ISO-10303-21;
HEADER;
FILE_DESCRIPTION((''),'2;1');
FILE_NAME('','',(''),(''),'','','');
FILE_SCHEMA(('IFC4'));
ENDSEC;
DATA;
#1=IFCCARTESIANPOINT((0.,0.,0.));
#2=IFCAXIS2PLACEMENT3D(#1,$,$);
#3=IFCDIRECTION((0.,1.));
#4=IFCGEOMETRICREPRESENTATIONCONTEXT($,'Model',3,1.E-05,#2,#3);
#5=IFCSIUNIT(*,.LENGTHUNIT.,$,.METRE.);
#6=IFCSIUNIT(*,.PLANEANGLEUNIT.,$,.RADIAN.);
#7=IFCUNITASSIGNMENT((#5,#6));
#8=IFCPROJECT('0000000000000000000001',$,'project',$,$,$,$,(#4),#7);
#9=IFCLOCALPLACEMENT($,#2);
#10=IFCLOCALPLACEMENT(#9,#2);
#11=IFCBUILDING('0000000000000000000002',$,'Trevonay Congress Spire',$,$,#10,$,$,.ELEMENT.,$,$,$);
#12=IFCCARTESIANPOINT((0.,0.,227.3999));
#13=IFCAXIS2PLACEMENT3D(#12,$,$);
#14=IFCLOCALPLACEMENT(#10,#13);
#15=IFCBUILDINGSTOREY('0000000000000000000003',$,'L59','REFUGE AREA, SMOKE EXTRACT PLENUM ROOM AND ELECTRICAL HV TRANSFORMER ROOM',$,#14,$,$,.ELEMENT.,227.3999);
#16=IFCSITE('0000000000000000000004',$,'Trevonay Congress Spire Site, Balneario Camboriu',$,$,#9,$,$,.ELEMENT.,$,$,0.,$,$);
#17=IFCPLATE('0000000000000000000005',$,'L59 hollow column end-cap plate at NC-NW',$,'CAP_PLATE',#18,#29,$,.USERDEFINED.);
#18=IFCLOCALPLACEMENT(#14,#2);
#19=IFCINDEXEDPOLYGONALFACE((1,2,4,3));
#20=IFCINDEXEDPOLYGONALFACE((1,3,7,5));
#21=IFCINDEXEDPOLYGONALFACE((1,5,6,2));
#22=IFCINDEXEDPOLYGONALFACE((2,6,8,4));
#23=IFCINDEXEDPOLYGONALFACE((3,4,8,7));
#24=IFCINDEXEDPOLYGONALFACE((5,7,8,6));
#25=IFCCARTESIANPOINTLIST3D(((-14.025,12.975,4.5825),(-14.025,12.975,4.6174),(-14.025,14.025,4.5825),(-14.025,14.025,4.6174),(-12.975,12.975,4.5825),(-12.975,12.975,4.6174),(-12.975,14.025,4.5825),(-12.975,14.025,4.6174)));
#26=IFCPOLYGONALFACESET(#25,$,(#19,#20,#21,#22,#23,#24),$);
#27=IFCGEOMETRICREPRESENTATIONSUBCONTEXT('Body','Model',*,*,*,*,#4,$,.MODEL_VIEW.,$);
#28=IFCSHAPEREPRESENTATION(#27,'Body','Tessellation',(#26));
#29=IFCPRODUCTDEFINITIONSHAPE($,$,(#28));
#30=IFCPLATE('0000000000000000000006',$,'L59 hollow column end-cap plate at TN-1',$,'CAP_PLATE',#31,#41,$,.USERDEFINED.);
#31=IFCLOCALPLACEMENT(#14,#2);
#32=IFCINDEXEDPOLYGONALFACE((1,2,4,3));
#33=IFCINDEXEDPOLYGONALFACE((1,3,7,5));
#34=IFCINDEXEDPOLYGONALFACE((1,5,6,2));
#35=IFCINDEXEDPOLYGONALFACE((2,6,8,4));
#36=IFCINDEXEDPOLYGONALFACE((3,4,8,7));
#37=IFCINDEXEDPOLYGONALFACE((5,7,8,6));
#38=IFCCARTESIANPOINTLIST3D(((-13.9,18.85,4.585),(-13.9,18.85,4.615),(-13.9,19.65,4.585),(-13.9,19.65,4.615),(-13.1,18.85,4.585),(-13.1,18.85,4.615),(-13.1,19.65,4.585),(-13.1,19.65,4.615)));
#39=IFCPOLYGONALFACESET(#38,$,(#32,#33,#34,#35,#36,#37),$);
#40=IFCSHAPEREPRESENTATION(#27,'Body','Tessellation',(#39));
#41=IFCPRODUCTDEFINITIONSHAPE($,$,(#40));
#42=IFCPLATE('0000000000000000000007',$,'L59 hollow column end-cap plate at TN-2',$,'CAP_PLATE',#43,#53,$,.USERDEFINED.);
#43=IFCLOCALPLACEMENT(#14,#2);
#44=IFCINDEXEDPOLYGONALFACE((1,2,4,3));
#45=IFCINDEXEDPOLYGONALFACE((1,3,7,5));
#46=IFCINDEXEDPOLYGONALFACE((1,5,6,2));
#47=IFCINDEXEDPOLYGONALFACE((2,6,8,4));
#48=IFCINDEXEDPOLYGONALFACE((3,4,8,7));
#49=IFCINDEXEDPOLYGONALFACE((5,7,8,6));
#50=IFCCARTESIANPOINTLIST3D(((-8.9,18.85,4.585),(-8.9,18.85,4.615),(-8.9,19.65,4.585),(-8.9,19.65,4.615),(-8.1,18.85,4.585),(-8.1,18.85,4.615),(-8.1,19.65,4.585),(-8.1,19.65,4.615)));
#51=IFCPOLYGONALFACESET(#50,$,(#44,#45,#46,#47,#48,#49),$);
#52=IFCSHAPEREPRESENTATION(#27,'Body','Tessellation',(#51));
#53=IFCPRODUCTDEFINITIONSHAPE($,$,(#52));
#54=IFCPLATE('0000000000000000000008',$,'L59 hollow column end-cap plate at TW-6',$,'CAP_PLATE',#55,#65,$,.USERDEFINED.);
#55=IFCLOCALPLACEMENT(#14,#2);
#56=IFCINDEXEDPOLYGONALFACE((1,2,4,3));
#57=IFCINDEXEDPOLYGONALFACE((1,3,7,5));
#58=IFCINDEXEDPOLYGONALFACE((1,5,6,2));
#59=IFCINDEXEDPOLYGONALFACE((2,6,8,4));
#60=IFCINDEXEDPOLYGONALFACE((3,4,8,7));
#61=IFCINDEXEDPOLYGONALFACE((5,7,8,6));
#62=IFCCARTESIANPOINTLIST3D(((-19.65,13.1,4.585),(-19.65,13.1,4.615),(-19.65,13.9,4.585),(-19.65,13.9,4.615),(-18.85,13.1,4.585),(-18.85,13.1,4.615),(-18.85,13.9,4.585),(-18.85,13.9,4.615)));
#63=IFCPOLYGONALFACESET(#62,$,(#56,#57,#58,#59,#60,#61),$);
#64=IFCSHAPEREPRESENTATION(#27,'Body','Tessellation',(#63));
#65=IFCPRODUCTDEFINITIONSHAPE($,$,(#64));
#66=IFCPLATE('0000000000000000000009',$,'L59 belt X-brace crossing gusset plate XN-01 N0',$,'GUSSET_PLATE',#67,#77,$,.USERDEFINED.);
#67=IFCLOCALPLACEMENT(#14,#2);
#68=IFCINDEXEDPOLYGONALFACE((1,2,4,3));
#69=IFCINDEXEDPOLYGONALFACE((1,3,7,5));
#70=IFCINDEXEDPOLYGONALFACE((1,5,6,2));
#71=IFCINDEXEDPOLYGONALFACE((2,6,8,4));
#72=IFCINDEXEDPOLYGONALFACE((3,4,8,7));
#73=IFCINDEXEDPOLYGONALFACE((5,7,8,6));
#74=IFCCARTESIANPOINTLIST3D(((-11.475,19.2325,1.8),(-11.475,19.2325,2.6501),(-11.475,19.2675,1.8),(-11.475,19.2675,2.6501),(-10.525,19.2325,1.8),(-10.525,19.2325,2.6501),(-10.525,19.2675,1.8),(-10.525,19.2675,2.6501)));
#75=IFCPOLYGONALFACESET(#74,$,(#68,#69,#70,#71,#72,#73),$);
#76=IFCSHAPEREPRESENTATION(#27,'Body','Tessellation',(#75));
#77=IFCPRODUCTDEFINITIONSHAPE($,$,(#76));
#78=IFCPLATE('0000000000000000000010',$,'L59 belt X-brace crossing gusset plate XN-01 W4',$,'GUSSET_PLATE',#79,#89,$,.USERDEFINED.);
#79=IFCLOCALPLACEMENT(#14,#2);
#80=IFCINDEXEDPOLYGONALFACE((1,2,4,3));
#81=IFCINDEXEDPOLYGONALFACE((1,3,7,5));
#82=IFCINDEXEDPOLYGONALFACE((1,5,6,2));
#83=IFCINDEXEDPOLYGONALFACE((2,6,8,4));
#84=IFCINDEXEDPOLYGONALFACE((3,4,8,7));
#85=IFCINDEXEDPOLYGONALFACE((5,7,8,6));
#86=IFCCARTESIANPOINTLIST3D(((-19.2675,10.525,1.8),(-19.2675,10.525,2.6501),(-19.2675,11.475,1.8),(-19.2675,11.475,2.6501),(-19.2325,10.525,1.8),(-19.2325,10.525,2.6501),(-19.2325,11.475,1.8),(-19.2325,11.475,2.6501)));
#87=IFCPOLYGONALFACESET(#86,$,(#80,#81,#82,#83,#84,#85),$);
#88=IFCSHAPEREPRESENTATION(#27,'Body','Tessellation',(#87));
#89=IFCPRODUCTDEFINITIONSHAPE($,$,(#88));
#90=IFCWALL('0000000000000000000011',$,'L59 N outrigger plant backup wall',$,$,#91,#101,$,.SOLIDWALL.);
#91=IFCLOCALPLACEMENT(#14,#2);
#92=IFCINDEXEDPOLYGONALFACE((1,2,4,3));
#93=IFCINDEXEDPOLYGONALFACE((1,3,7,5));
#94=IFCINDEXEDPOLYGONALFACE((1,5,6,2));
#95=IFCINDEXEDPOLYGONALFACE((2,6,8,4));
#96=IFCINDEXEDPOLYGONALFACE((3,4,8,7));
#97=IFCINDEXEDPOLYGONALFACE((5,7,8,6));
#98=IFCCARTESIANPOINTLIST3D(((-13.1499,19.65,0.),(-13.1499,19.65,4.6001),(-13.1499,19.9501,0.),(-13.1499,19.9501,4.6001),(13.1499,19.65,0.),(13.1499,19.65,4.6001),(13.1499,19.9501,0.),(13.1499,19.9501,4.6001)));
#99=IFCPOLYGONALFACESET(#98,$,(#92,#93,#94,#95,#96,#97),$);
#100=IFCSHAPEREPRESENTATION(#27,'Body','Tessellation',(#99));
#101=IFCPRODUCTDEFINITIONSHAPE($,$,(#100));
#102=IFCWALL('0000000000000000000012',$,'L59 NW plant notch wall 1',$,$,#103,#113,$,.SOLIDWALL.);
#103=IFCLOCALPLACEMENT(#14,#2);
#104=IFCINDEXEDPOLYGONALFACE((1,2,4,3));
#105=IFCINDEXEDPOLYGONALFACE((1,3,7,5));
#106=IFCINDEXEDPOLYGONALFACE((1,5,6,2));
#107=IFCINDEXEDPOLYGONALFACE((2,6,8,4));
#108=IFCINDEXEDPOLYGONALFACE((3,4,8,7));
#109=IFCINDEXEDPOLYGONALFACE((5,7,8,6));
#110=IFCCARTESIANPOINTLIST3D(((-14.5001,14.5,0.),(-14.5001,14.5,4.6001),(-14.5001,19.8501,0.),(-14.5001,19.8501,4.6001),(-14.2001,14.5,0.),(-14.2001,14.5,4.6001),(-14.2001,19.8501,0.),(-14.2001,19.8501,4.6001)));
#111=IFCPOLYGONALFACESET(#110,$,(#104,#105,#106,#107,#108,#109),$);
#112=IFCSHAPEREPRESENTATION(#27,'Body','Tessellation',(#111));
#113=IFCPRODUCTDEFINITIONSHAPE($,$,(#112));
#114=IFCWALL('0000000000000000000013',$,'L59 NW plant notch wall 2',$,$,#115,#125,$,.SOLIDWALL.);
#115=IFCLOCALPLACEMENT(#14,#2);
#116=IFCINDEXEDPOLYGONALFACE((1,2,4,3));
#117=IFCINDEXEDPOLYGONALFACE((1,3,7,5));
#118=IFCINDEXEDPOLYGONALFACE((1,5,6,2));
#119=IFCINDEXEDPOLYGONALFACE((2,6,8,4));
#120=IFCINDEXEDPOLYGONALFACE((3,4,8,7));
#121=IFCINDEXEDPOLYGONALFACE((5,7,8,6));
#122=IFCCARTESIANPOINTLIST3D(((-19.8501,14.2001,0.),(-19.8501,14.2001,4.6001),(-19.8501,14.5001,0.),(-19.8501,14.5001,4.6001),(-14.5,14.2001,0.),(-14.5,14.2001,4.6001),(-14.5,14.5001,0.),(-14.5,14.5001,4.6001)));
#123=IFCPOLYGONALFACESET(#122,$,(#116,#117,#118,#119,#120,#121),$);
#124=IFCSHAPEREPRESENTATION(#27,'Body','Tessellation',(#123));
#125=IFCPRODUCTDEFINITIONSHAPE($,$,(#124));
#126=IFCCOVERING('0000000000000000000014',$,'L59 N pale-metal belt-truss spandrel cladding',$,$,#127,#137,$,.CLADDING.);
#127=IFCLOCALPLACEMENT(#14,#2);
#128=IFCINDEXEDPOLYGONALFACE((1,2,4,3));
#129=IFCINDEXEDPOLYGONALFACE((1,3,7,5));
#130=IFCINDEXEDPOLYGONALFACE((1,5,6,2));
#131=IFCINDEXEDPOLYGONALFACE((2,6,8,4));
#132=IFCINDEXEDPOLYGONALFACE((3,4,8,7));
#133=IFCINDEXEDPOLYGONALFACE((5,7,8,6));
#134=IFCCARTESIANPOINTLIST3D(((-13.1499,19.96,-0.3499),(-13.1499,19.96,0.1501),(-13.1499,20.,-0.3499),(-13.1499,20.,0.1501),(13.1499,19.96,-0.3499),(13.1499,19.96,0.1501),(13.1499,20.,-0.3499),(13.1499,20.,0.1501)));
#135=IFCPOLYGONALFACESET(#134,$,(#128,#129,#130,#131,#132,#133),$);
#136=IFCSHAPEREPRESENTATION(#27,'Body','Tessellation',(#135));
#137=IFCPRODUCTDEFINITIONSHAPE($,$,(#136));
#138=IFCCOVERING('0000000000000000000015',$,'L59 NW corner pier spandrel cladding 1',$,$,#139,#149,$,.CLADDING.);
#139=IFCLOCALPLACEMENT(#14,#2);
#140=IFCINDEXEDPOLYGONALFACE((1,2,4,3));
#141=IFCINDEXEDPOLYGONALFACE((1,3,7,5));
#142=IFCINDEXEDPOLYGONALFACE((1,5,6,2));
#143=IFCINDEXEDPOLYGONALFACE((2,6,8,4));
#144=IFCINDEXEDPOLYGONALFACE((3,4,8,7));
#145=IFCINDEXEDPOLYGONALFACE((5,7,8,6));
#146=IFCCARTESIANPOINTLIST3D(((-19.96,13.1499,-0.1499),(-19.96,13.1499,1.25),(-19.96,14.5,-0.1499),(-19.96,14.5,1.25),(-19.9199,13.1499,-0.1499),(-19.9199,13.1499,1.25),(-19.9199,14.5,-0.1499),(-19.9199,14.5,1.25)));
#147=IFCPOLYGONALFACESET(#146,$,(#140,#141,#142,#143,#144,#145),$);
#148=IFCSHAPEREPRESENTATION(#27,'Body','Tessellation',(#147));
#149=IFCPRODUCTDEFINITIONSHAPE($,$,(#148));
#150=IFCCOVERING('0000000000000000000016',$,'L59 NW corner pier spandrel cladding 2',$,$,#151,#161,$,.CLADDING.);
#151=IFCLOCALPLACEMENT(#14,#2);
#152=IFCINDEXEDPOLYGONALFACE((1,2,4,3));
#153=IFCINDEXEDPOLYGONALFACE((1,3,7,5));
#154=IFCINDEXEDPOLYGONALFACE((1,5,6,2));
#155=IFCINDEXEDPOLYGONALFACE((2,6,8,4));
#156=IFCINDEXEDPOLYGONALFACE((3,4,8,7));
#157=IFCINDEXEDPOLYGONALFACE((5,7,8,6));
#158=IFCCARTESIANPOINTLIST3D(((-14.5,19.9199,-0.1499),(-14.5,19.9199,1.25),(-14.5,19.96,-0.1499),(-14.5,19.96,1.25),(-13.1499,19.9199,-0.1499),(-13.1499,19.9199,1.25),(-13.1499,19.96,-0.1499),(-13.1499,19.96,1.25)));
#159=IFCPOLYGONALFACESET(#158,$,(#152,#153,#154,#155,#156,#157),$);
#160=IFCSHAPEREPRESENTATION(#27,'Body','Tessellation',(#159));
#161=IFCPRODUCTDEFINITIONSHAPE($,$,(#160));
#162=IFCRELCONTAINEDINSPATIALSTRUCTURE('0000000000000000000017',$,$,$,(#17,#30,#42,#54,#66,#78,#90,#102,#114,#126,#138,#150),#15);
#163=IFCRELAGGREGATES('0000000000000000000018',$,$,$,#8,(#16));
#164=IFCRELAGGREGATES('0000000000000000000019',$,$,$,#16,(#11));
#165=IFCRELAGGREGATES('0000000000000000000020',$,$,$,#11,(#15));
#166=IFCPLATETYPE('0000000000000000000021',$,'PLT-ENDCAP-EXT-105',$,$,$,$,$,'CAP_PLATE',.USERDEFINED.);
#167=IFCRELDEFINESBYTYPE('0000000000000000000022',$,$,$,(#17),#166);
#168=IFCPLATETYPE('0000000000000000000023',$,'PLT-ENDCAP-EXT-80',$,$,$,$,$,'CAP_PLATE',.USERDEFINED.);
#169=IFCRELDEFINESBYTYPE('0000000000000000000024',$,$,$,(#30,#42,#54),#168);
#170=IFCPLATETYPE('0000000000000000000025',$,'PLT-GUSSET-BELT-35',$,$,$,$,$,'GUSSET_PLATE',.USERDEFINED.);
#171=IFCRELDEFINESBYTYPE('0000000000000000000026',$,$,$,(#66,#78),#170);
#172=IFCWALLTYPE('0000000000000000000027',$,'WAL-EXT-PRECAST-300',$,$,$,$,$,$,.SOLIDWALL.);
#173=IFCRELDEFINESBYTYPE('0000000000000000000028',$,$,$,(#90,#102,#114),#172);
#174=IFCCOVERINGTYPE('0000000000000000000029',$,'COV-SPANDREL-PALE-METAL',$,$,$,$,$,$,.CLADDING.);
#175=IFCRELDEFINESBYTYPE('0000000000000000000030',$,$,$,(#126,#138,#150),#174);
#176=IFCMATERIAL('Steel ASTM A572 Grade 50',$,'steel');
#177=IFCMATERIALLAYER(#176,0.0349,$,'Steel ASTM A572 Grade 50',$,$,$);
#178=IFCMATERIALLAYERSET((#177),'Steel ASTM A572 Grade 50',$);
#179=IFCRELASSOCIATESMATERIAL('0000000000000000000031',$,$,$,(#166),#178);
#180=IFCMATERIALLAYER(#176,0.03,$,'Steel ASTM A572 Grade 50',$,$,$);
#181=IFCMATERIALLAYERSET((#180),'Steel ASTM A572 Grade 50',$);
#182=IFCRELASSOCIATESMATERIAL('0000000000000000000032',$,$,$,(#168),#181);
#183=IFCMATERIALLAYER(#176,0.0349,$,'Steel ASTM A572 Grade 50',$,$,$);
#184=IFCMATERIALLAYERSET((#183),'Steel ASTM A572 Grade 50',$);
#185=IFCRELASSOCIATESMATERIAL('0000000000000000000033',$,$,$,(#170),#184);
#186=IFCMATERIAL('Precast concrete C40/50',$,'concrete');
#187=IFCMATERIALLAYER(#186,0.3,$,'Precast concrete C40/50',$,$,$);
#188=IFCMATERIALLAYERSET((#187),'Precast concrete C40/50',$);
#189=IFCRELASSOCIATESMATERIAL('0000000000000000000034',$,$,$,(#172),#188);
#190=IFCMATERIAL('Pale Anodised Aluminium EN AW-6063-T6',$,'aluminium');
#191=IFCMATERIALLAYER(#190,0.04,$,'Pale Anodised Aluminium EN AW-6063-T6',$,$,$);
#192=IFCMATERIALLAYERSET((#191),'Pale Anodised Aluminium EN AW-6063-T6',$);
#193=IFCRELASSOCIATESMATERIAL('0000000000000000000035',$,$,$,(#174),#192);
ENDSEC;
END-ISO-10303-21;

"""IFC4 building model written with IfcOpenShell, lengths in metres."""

from ifc_helpers import new_model, si_unit, direction, frame, frame_2d, origin, origin_2d, place, context, subcontext, project, spatial, rectangle, extrude, material, layer, layer_set, type_object, element, save


model = new_model("IFC4")

# Units and contexts
model_context = context("Model", 3, precision=1e-05, world=origin(), true_north=direction((0.0, 1.0)))
body_context = subcontext(model_context, "Body", "Model", "MODEL_VIEW")
ifc_project = project(units=[si_unit("LENGTHUNIT", "METRE"), si_unit("PLANEANGLEUNIT", "RADIAN")], contexts=[model_context])

# Site, building, storey
site_placement = place(None, origin())
site = spatial("IfcSite", under=ifc_project, at=site_placement, Name="Trevonay Congress Spire Site, Balneario Camboriu", CompositionType="ELEMENT", RefElevation=0.0)
building_placement = place(site_placement, origin())
building = spatial("IfcBuilding", under=site, at=building_placement, Name="Trevonay Congress Spire", CompositionType="ELEMENT")
storey_placement = place(building_placement, frame((0.0, 0.0, 227.3999)))
storey = spatial("IfcBuildingStorey", under=building, at=storey_placement, Name="L59", Description="REFUGE AREA, SMOKE EXTRACT PLENUM ROOM AND ELECTRICAL HV TRANSFORMER ROOM", CompositionType="ELEMENT", Elevation=227.3999)

# Shared definitions
ifc_material_1 = material(Name="Steel ASTM A572 Grade 50", Category="steel")

# Plates
ifc_layer_1 = layer(ifc_material_1, 0.0349, Name="Steel ASTM A572 Grade 50")
ifc_layer_set_1 = layer_set([ifc_layer_1], Name="Steel ASTM A572 Grade 50")
plate_type_1 = type_object("IfcPlateType", Name="PLT-ENDCAP-EXT-105", ElementType="CAP_PLATE", PredefinedType="USERDEFINED", material=ifc_layer_set_1)
plate_1_placement = place(storey_placement, frame((-13.5, 13.5, 4.5825), z_axis=(0.0, 0.0, 1.0), x_axis=(1.0, 0.0, 0.0)))
element("IfcPlate", 1, at=plate_1_placement, inside=storey, type_object=plate_type_1, Name="L59 hollow column end-cap plate at NC-NW", ObjectType="CAP_PLATE", PredefinedType="USERDEFINED", context=body_context, shape_type="SweptSolid", body=[
    extrude(rectangle(XDim=1.05, YDim=1.05, at=origin_2d()), origin(), (0.0, 0.0, 1.0), 0.0349),
])
ifc_layer_2 = layer(ifc_material_1, 0.03, Name="Steel ASTM A572 Grade 50")
ifc_layer_set_2 = layer_set([ifc_layer_2], Name="Steel ASTM A572 Grade 50")
plate_type_2 = type_object("IfcPlateType", Name="PLT-ENDCAP-EXT-80", ElementType="CAP_PLATE", PredefinedType="USERDEFINED", material=ifc_layer_set_2)
for number, where, z_axis, x_axis, name in (
    (2, (-13.5, 19.25, 4.585), (0.0, 0.0, 1.0), (1.0, 0.0, 0.0), "L59 hollow column end-cap plate at TN-1"),
    (3, (-8.5, 19.25, 4.585), (0.0, 0.0, 1.0), (1.0, 0.0, 0.0), "L59 hollow column end-cap plate at TN-2"),
    (4, (-19.25, 13.5, 4.585), (0.0, 0.0, 1.0), (1.0, 0.0, 0.0), "L59 hollow column end-cap plate at TW-6"),
):
    element("IfcPlate", number, at=place(storey_placement, frame(where, z_axis=z_axis, x_axis=x_axis)), inside=storey, type_object=plate_type_2, Name=name, ObjectType="CAP_PLATE", PredefinedType="USERDEFINED", context=body_context, shape_type="SweptSolid", body=[
        extrude(rectangle(XDim=0.8, YDim=0.8, at=origin_2d()), origin(), (0.0, 0.0, 1.0), 0.03),
    ])
ifc_layer_3 = layer(ifc_material_1, 0.0349, Name="Steel ASTM A572 Grade 50")
ifc_layer_set_3 = layer_set([ifc_layer_3], Name="Steel ASTM A572 Grade 50")
plate_type_3 = type_object("IfcPlateType", Name="PLT-GUSSET-BELT-35", ElementType="GUSSET_PLATE", PredefinedType="USERDEFINED", material=ifc_layer_set_3)
plate_2_placement = place(storey_placement, frame((-11.0, 19.25, 1.8), z_axis=(0.0, 0.0, 1.0), x_axis=(1.0, 0.0, 0.0)))
element("IfcPlate", 5, at=plate_2_placement, inside=storey, type_object=plate_type_3, Name="L59 belt X-brace crossing gusset plate XN-01 N0", ObjectType="GUSSET_PLATE", PredefinedType="USERDEFINED", context=body_context, shape_type="SweptSolid", body=[
    extrude(rectangle(XDim=0.95, YDim=0.0349, at=origin_2d()), origin(), (0.0, 0.0, 1.0), 0.8501),
])
plate_3_placement = place(storey_placement, frame((-19.25, 11.0, 1.8), z_axis=(0.0, 0.0, 1.0), x_axis=(1.0, 0.0, 0.0)))
element("IfcPlate", 6, at=plate_3_placement, inside=storey, type_object=plate_type_3, Name="L59 belt X-brace crossing gusset plate XN-01 W4", ObjectType="GUSSET_PLATE", PredefinedType="USERDEFINED", context=body_context, shape_type="SweptSolid", body=[
    extrude(rectangle(XDim=0.0349, YDim=0.95, at=origin_2d()), origin(), (0.0, 0.0, 1.0), 0.8501),
])

# Walls
ifc_material_2 = material(Name="Precast concrete C40/50", Category="concrete")
ifc_layer_4 = layer(ifc_material_2, 0.3, Name="Precast concrete C40/50")
ifc_layer_set_4 = layer_set([ifc_layer_4], Name="Precast concrete C40/50")
wall_type = type_object("IfcWallType", Name="WAL-EXT-PRECAST-300", PredefinedType="SOLIDWALL", material=ifc_layer_set_4)
wall_placement = place(storey_placement, frame((-13.1499, 19.8, 0.0), z_axis=(0.0, 0.0, 1.0), x_axis=(1.0, 0.0, 0.0)))
element("IfcWall", 7, at=wall_placement, inside=storey, type_object=wall_type, Name="L59 N outrigger plant backup wall", PredefinedType="SOLIDWALL", context=body_context, shape_type="SweptSolid", body=[
    extrude(rectangle(XDim=26.2998, YDim=0.3, at=frame_2d((13.1499, 0.0))), origin(), (0.0, 0.0, 1.0), 4.6001),
])
for number, where, z_axis, x_axis, name in (
    (8, (-14.3501, 19.8501, 0.0), (0.0, 0.0, 1.0), (0.0, -1.0, 0.0), "L59 NW plant notch wall 1"),
    (9, (-19.8501, 14.3501, 0.0), (0.0, 0.0, 1.0), (1.0, 0.0, 0.0), "L59 NW plant notch wall 2"),
):
    element("IfcWall", number, at=place(storey_placement, frame(where, z_axis=z_axis, x_axis=x_axis)), inside=storey, type_object=wall_type, Name=name, PredefinedType="SOLIDWALL", context=body_context, shape_type="SweptSolid", body=[
        extrude(rectangle(XDim=5.3501, YDim=0.3, at=frame_2d((2.675, 0.0))), origin(), (0.0, 0.0, 1.0), 4.6001),
    ])

# Coverings
ifc_material_3 = material(Name="Pale Anodised Aluminium EN AW-6063-T6", Category="aluminium")
ifc_layer_5 = layer(ifc_material_3, 0.04, Name="Pale Anodised Aluminium EN AW-6063-T6")
ifc_layer_set_5 = layer_set([ifc_layer_5], Name="Pale Anodised Aluminium EN AW-6063-T6")
covering_type = type_object("IfcCoveringType", Name="COV-SPANDREL-PALE-METAL", PredefinedType="CLADDING", material=ifc_layer_set_5)
covering_placement = place(storey_placement, frame((-13.1499, 19.98, -0.3499), z_axis=(0.0, 0.0, 1.0), x_axis=(1.0, 0.0, 0.0)))
element("IfcCovering", 10, at=covering_placement, inside=storey, type_object=covering_type, Name="L59 N pale-metal belt-truss spandrel cladding", PredefinedType="CLADDING", context=body_context, shape_type="SweptSolid", body=[
    extrude(rectangle(XDim=26.2998, YDim=0.04, at=frame_2d((13.1499, 0.0))), origin(), (0.0, 0.0, 1.0), 0.5),
])
for number, where, z_axis, x_axis, name in (
    (11, (-19.9399, 13.1499, -0.1499), (0.0, 0.0, 1.0), (0.0, 1.0, 0.0), "L59 NW corner pier spandrel cladding 1"),
    (12, (-13.1499, 19.9399, -0.1499), (0.0, 0.0, 1.0), (-1.0, 0.0, 0.0), "L59 NW corner pier spandrel cladding 2"),
):
    element("IfcCovering", number, at=place(storey_placement, frame(where, z_axis=z_axis, x_axis=x_axis)), inside=storey, type_object=covering_type, Name=name, PredefinedType="CLADDING", context=body_context, shape_type="SweptSolid", body=[
        extrude(rectangle(XDim=1.3501, YDim=0.04, at=frame_2d((0.675, 0.0))), origin(), (0.0, 0.0, 1.0), 1.3999),
    ])

save(model, "model.ifc")
